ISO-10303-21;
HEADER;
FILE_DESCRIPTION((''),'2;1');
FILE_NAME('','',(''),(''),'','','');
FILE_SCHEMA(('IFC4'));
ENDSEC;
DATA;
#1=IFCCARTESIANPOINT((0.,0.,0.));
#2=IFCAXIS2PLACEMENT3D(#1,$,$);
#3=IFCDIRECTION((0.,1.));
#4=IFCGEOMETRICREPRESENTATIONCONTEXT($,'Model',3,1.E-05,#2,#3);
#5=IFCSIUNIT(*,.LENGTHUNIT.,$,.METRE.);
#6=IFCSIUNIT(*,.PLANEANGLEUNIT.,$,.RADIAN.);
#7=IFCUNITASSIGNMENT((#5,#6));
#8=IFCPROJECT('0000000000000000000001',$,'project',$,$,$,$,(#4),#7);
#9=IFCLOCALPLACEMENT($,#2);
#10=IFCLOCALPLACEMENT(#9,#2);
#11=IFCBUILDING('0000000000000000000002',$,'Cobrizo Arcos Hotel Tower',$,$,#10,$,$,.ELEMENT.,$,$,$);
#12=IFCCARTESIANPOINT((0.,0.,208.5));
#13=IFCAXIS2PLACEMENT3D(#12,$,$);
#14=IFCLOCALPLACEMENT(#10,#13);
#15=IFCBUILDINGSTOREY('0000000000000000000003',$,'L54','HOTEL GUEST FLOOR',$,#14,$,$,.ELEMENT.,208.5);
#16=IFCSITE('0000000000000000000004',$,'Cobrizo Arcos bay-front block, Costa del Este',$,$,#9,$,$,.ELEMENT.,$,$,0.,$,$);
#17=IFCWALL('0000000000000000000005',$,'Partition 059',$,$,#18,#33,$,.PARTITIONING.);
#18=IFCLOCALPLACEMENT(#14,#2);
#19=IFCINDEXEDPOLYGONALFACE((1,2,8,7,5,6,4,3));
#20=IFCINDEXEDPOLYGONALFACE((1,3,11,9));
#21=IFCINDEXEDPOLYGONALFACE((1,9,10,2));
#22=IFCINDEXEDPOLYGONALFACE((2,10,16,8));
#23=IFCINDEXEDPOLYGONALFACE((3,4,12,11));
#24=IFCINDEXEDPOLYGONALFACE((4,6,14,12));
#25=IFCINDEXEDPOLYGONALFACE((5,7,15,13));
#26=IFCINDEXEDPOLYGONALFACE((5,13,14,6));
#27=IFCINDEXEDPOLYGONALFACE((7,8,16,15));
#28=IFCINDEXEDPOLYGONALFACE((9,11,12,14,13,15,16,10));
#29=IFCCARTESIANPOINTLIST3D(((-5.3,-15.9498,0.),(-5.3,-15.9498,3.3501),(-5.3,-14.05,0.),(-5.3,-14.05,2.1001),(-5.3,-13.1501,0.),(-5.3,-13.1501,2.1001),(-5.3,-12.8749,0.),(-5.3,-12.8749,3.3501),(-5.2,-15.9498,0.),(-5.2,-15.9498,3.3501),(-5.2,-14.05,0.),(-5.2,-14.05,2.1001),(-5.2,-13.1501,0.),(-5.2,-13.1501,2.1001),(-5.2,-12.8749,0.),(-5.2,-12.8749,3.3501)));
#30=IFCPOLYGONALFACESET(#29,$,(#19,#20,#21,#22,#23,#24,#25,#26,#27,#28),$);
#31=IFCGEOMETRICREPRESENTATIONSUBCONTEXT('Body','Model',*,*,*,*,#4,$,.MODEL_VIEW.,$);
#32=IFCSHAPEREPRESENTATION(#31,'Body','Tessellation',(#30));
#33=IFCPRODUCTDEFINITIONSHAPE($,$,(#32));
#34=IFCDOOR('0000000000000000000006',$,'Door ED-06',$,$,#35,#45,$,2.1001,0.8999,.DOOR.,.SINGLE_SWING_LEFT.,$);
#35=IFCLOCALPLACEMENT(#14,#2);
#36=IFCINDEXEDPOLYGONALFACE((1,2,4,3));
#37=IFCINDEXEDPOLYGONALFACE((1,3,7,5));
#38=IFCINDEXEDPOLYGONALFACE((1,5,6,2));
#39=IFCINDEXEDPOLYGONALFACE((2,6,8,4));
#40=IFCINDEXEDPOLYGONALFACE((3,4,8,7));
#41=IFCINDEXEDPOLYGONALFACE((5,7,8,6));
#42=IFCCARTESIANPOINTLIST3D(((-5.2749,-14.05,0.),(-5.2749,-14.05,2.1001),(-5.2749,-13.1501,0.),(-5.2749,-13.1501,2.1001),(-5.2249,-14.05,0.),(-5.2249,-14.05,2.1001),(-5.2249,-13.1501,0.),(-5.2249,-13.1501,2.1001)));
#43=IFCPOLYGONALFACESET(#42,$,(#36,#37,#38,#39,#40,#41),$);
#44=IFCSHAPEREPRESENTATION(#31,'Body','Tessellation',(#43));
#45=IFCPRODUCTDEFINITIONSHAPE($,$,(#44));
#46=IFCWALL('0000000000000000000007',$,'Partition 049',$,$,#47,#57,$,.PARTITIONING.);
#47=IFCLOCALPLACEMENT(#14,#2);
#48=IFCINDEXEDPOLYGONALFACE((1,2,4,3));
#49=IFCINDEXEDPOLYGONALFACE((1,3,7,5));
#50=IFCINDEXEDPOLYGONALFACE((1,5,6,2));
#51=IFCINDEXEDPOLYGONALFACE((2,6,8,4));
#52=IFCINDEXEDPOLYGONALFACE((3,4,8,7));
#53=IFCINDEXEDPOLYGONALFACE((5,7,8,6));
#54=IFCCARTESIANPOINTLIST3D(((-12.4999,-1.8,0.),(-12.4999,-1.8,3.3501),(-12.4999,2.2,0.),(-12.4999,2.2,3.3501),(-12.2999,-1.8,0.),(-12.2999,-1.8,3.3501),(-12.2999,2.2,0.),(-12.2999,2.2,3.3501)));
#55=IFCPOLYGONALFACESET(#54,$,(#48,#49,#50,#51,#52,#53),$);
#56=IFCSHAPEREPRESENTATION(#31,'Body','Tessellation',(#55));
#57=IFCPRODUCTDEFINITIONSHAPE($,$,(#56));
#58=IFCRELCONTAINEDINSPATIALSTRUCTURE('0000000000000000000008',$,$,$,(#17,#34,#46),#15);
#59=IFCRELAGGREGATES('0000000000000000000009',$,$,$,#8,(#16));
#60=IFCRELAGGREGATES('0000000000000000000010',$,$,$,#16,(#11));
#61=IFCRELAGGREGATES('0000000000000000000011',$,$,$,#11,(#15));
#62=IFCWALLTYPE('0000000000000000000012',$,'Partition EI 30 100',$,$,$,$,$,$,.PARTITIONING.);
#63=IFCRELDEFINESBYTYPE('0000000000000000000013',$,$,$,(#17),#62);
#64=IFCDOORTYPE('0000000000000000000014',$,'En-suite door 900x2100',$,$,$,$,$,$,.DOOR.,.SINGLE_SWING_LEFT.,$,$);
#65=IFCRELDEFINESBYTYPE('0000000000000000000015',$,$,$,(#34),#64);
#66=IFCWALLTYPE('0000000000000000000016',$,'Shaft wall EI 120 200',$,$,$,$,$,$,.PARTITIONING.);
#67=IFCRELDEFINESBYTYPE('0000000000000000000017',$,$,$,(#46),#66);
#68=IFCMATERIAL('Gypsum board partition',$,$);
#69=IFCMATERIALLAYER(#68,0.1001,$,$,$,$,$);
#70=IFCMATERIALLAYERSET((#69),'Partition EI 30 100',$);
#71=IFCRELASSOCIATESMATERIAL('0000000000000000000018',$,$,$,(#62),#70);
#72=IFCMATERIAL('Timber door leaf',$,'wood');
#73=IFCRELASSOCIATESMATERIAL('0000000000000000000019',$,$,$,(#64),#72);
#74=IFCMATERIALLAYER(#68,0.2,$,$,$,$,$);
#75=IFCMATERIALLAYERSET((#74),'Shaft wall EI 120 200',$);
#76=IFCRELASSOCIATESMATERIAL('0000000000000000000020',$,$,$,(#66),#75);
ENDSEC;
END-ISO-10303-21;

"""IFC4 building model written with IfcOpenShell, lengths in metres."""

from ifc_helpers import new_model, si_unit, direction, frame, frame_2d, origin, place, context, subcontext, project, spatial, rectangle, extrude, material, layer, layer_set, type_object, element, fill, save


model = new_model("IFC4")

# Units and contexts
model_context = context("Model", 3, precision=1e-05, world=origin(), true_north=direction((0.0, 1.0)))
body_context = subcontext(model_context, "Body", "Model", "MODEL_VIEW")
ifc_project = project(units=[si_unit("LENGTHUNIT", "METRE"), si_unit("PLANEANGLEUNIT", "RADIAN")], contexts=[model_context])

# Site, building, storey
site_placement = place(None, origin())
site = spatial("IfcSite", under=ifc_project, at=site_placement, Name="Cobrizo Arcos bay-front block, Costa del Este", CompositionType="ELEMENT", RefElevation=0.0)
building_placement = place(site_placement, origin())
building = spatial("IfcBuilding", under=site, at=building_placement, Name="Cobrizo Arcos Hotel Tower", CompositionType="ELEMENT")
storey_placement = place(building_placement, frame((0.0, 0.0, 208.5)))
storey = spatial("IfcBuildingStorey", under=building, at=storey_placement, Name="L54", Description="HOTEL GUEST FLOOR", CompositionType="ELEMENT", Elevation=208.5)

# Shared definitions
ifc_material_1 = material(Name="Gypsum board partition")

# Shared definitions
ifc_material_2 = material(Name="Timber door leaf", Category="wood")
ifc_layer_1 = layer(ifc_material_1, 0.1001)
ifc_layer_set_1 = layer_set([ifc_layer_1], Name="Partition EI 30 100")
wall_type_1 = type_object("IfcWallType", Name="Partition EI 30 100", PredefinedType="PARTITIONING", material=ifc_layer_set_1)
door_type_1 = type_object("IfcDoorType", Name="En-suite door 900x2100", OperationType="SINGLE_SWING_LEFT", PredefinedType="DOOR", material=ifc_material_2)

# Wall, opening, door
wall_1_placement = place(storey_placement, frame((-5.25, -15.95, 0.0), z_axis=(0.0, 0.0, 1.0), x_axis=(0.0, 1.0, 0.0)))
wall_1 = element("IfcWall", 1, at=wall_1_placement, inside=storey, type_object=wall_type_1, Name="Partition 059", PredefinedType="PARTITIONING", context=body_context, shape_type="SweptSolid", body=[
    extrude(rectangle(XDim=3.075, YDim=0.1001, at=frame_2d((1.5376, 0.0))), origin(), (0.0, 0.0, 1.0), 3.3501),
])
opening_1_placement = place(wall_1_placement, frame((1.8999, 0.0, 0.0)))
opening_1 = element("IfcOpeningElement", 2, at=opening_1_placement, cuts=wall_1, PredefinedType="OPENING", context=body_context, shape_type="SweptSolid", body=[
    extrude(rectangle(XDim=0.8999, YDim=2.1001, at=frame_2d((0.45, 1.05))), frame((0.0, 0.062, 0.0), z_axis=(0.0, -1.0, 0.0), x_axis=(1.0, 0.0, 0.0)), (0.0, 0.0, 1.0), 0.124),
])
door_1_placement = place(opening_1_placement, origin())
door_1 = element("IfcDoor", 3, at=door_1_placement, inside=storey, type_object=door_type_1, Name="Door ED-06", OperationType="SINGLE_SWING_LEFT", OverallHeight=2.1001, OverallWidth=0.8999, PredefinedType="DOOR", context=body_context, shape_type="SweptSolid", body=[
    extrude(rectangle(XDim=0.8999, YDim=2.1001, at=frame_2d((0.45, 1.05))), frame((0.0, 0.0249, 0.0), z_axis=(0.0, -1.0, 0.0), x_axis=(1.0, 0.0, 0.0)), (0.0, 0.0, 1.0), 0.05),
])
fill(opening_1, door_1)

# Wall
ifc_layer_2 = layer(ifc_material_1, 0.2)
ifc_layer_set_2 = layer_set([ifc_layer_2], Name="Shaft wall EI 120 200")
wall_type_2 = type_object("IfcWallType", Name="Shaft wall EI 120 200", PredefinedType="PARTITIONING", material=ifc_layer_set_2)
wall_2_placement = place(storey_placement, frame((-12.3999, -1.8, 0.0), z_axis=(0.0, 0.0, 1.0), x_axis=(0.0, 1.0, 0.0)))
element("IfcWall", 4, at=wall_2_placement, inside=storey, type_object=wall_type_2, Name="Partition 049", PredefinedType="PARTITIONING", context=body_context, shape_type="SweptSolid", body=[
    extrude(rectangle(XDim=4.0, YDim=0.2, at=frame_2d((2.0, 0.0))), origin(), (0.0, 0.0, 1.0), 3.3501),
])

save(model, "model.ifc")
